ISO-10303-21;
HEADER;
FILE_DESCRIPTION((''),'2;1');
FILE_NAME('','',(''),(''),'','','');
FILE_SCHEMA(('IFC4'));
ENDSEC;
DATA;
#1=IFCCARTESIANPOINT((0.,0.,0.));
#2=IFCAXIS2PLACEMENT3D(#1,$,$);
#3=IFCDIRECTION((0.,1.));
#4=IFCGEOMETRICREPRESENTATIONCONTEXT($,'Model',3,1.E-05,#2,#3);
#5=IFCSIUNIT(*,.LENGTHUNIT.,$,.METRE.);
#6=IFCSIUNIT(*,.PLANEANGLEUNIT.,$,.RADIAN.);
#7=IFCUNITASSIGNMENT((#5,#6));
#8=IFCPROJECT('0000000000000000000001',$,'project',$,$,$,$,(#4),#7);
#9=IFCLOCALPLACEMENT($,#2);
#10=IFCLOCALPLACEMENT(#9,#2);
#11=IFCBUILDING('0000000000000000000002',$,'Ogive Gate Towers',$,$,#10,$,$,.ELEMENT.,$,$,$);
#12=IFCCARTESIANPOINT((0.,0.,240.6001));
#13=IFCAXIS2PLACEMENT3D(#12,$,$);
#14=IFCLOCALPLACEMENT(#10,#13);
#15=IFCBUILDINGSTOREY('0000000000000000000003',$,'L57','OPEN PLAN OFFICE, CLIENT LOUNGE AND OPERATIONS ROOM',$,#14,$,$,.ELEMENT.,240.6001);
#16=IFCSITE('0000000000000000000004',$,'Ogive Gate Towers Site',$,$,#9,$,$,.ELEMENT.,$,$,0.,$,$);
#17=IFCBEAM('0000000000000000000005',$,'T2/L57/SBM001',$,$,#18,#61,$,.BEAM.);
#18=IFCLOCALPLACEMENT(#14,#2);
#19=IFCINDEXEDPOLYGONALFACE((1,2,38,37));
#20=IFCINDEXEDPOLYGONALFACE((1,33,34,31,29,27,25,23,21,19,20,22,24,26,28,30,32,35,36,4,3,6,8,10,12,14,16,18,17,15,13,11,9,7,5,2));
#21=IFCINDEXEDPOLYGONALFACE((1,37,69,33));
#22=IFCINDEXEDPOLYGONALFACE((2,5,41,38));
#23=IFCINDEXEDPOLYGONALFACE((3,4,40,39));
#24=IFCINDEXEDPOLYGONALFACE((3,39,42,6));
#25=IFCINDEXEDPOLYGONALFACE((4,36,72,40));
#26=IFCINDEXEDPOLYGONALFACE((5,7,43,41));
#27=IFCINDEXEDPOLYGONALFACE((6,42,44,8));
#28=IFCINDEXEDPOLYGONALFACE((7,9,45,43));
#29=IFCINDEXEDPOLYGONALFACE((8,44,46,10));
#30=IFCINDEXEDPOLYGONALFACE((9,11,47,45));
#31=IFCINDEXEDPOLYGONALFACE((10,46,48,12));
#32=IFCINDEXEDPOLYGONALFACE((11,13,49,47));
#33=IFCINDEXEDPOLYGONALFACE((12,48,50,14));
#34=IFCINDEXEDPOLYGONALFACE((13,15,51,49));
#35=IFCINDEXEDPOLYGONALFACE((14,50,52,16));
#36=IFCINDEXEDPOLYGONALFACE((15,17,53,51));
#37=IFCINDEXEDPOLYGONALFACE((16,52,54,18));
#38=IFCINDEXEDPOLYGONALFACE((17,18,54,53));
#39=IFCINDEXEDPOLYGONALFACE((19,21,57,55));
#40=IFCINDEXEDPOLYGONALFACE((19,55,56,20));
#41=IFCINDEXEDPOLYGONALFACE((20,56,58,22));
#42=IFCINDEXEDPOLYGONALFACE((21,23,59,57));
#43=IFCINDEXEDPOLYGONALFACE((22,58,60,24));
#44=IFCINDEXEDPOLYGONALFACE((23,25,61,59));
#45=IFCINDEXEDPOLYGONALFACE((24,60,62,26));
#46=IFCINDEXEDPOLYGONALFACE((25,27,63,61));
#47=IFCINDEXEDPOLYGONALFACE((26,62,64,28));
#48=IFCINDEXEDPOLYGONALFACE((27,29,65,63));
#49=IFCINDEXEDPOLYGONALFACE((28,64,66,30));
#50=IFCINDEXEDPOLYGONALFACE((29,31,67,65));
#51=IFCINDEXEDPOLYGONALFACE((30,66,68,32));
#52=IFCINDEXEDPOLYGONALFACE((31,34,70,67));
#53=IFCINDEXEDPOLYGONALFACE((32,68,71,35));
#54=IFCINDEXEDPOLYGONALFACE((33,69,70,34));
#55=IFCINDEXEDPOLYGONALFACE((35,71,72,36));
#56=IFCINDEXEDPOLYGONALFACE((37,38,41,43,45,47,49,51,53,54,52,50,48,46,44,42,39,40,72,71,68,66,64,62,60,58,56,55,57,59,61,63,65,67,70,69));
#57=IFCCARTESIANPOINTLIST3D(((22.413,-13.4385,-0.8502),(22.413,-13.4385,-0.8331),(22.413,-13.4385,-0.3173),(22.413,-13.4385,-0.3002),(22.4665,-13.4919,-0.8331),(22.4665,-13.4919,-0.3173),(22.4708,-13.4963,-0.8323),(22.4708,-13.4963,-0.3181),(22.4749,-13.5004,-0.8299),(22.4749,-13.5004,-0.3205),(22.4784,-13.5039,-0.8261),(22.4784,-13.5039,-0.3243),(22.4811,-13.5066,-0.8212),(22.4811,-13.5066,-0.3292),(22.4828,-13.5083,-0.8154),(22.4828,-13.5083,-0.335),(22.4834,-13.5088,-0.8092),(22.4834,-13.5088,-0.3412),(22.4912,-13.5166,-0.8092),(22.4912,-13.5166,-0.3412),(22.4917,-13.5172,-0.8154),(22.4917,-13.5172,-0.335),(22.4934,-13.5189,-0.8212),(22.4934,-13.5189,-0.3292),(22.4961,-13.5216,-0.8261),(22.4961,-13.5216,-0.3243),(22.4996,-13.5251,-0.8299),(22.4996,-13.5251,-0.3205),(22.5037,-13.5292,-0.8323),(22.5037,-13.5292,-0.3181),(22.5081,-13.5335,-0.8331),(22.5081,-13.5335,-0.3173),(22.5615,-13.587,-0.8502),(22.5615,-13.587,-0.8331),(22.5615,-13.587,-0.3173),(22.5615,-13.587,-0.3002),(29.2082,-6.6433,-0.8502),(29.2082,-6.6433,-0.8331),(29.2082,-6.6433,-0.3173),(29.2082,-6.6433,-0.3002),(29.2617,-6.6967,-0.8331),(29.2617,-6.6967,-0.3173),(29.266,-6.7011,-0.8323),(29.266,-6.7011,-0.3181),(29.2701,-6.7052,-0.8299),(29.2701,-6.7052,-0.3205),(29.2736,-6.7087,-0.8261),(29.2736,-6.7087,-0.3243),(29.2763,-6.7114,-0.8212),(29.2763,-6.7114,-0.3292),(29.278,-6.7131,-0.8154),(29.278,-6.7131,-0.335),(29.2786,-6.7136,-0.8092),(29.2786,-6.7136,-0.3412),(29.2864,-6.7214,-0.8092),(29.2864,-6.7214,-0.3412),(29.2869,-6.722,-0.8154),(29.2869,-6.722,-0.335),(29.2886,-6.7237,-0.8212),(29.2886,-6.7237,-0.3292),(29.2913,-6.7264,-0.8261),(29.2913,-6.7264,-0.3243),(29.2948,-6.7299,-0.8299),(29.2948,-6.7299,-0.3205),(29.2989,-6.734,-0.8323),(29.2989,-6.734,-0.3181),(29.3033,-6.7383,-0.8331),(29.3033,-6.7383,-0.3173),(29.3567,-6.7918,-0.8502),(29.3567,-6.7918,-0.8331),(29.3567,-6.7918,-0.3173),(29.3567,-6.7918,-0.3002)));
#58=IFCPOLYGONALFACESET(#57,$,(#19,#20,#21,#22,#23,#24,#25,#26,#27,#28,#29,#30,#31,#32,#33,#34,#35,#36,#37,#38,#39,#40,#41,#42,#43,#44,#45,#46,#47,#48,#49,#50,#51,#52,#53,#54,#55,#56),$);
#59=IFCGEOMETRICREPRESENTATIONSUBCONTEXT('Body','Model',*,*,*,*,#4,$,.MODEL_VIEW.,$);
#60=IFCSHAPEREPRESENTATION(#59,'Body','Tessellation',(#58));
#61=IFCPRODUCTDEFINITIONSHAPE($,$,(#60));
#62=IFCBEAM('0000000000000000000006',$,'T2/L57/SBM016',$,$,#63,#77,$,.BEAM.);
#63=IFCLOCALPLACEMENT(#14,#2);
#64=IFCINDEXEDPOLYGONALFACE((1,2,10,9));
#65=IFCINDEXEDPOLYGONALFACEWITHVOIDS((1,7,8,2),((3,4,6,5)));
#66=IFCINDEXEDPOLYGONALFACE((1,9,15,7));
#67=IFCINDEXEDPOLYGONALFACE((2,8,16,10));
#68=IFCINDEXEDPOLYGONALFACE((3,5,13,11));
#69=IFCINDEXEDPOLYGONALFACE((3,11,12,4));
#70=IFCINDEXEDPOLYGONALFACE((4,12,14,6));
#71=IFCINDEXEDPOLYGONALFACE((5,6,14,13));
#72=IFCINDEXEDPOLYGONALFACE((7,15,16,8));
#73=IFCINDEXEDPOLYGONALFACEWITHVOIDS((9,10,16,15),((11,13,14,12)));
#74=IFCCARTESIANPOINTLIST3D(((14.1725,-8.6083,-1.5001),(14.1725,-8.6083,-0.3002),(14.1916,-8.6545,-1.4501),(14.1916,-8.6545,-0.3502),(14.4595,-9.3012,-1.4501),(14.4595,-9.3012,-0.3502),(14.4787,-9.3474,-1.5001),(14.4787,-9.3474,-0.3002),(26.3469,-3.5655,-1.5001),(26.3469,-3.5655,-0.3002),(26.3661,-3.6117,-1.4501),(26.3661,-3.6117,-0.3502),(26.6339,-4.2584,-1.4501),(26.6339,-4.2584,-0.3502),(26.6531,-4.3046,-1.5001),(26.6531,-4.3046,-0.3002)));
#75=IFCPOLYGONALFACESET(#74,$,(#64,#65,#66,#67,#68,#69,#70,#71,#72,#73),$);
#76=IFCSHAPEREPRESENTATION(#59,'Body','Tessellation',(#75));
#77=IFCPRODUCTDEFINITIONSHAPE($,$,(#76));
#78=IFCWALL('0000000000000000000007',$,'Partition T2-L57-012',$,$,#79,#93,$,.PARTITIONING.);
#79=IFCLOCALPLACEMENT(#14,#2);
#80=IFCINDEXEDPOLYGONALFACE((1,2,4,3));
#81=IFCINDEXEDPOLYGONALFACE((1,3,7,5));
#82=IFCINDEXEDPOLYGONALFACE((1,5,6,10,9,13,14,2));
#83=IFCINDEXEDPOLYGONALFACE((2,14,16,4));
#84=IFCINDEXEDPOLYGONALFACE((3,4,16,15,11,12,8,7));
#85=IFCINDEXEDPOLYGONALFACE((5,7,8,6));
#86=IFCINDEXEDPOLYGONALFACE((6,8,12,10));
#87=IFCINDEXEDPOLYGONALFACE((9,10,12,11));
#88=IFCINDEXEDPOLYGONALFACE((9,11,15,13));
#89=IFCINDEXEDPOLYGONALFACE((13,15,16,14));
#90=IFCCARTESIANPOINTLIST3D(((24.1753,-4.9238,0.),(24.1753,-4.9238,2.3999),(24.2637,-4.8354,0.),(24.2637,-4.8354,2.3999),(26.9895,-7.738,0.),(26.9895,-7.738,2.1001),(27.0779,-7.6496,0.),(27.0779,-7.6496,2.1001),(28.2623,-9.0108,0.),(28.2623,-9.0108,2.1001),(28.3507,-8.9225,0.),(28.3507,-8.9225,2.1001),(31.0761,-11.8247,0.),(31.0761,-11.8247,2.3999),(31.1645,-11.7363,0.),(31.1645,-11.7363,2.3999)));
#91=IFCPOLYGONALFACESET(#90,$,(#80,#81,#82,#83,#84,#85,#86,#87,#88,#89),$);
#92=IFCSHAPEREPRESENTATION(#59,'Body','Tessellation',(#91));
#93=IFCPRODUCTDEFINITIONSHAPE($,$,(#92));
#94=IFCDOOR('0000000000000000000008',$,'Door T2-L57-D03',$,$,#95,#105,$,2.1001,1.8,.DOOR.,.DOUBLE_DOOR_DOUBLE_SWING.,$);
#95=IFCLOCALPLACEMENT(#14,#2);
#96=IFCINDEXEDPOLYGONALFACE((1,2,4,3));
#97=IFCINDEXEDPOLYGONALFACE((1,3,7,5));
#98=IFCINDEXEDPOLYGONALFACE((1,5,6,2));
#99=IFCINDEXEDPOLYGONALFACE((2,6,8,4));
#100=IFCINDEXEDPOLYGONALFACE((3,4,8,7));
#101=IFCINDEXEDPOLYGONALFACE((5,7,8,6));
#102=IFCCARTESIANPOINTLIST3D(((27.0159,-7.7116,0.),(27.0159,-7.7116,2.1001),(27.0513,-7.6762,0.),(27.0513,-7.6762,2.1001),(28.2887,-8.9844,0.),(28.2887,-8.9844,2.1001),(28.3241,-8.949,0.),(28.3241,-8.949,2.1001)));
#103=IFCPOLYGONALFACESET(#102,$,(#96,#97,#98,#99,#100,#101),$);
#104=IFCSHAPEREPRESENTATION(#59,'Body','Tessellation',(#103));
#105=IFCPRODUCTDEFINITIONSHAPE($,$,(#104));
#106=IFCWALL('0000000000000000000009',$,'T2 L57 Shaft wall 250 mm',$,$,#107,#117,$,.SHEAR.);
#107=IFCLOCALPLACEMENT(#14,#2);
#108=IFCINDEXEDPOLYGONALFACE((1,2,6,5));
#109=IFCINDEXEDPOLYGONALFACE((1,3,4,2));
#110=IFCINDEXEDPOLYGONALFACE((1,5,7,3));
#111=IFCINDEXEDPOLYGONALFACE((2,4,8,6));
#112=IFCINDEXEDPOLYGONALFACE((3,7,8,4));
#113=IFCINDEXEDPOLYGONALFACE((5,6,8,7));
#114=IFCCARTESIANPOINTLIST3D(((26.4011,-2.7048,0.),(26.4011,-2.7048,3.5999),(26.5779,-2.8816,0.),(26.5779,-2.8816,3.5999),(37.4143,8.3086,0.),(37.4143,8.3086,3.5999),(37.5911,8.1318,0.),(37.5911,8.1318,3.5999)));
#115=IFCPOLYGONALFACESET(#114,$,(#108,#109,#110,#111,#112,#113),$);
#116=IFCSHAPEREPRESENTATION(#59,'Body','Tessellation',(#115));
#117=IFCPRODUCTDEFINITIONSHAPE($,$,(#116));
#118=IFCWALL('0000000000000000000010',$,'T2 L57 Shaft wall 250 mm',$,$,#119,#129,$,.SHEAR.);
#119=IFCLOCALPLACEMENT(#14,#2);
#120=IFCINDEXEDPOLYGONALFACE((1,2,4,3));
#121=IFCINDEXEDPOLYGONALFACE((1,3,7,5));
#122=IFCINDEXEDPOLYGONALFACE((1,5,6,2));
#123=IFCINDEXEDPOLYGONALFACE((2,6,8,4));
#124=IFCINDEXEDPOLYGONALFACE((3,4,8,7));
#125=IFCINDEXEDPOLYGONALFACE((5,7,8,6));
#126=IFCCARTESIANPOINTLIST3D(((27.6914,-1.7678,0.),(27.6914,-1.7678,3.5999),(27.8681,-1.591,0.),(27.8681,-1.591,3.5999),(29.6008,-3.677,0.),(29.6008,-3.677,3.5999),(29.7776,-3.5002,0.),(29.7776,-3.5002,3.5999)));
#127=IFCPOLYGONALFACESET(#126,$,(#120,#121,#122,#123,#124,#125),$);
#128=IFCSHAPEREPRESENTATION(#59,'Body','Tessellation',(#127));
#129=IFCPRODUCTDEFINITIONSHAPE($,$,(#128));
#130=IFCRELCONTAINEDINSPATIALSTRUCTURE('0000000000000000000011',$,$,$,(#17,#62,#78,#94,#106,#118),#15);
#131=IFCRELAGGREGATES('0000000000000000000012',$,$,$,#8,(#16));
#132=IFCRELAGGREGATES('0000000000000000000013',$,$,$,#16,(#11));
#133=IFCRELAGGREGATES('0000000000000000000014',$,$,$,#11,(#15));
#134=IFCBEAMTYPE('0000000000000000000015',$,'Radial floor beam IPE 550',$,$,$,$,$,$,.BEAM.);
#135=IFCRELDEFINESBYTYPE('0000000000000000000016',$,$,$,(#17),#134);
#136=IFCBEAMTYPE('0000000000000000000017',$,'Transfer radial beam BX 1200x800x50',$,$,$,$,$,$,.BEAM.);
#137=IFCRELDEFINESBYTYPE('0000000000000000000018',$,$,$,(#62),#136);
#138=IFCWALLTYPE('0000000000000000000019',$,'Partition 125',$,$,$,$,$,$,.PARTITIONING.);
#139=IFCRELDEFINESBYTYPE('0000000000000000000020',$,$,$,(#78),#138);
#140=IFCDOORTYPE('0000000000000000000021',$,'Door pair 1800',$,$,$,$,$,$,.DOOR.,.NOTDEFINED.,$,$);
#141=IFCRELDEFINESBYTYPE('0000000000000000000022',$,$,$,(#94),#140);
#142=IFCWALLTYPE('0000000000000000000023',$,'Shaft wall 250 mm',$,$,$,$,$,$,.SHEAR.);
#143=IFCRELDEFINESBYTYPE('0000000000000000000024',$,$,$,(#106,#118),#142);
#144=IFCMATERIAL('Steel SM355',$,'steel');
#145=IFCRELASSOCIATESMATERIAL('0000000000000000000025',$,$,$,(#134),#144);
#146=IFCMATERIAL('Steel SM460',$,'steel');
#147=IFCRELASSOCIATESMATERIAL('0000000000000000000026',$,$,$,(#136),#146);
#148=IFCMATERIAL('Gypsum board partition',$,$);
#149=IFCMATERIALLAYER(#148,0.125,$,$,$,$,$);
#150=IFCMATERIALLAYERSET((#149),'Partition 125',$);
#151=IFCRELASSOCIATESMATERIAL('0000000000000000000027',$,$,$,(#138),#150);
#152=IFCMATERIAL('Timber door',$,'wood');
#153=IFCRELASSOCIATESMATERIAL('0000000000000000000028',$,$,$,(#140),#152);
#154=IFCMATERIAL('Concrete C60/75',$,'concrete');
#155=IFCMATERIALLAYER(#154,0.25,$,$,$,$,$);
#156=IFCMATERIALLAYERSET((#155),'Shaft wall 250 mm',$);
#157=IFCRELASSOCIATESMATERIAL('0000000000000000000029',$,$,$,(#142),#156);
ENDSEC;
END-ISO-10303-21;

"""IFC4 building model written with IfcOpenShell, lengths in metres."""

from ifc_helpers import new_model, si_unit, direction, frame, frame_2d, origin, origin_2d, place, context, subcontext, project, spatial, rectangle, hollow_rectangle, i_section, extrude, material, layer, layer_set, material_profile, profile_set, type_object, element, fill, save


model = new_model("IFC4")

# Units and contexts
model_context = context("Model", 3, precision=1e-05, world=origin(), true_north=direction((0.0, 1.0)))
body_context = subcontext(model_context, "Body", "Model", "MODEL_VIEW")
ifc_project = project(units=[si_unit("LENGTHUNIT", "METRE"), si_unit("PLANEANGLEUNIT", "RADIAN")], contexts=[model_context])

# Site, building, storey
site_placement = place(None, origin())
site = spatial("IfcSite", under=ifc_project, at=site_placement, Name="Ogive Gate Towers Site", CompositionType="ELEMENT", RefElevation=0.0)
building_placement = place(site_placement, origin())
building = spatial("IfcBuilding", under=site, at=building_placement, Name="Ogive Gate Towers", CompositionType="ELEMENT")
storey_placement = place(building_placement, frame((0.0, 0.0, 240.6001)))
storey = spatial("IfcBuildingStorey", under=building, at=storey_placement, Name="L57", Description="OPEN PLAN OFFICE, CLIENT LOUNGE AND OPERATIONS ROOM", CompositionType="ELEMENT", Elevation=240.6001)

# Beams
ifc_material_1 = material(Name="Steel SM355", Category="steel")
ifc_material_profile_1 = material_profile(ifc_material_1, i_section(OverallWidth=0.21, OverallDepth=0.55, WebThickness=0.011, FlangeThickness=0.0171, FilletRadius=0.0239, at=origin_2d()), Name="IPE 550")
ifc_profile_set_1 = profile_set([ifc_material_profile_1], Name="Steel SM355")
beam_type_1 = type_object("IfcBeamType", Name="Radial floor beam IPE 550", PredefinedType="BEAM", material=ifc_profile_set_1)
beam_1_placement = place(storey_placement, frame((29.2825, -6.7175, -0.5752), z_axis=(-0.707107, -0.707107, 0.0), x_axis=(0.707107, -0.707107, 0.0)))
element("IfcBeam", 1, at=beam_1_placement, inside=storey, type_object=beam_type_1, Name="T2/L57/SBM001", PredefinedType="BEAM", context=body_context, shape_type="SweptSolid", body=[
    extrude(i_section(OverallWidth=0.21, OverallDepth=0.55, WebThickness=0.011, FlangeThickness=0.0171, FilletRadius=0.0239, at=origin_2d()), origin(), (0.0, 0.0, 1.0), 9.6099),
])
ifc_material_2 = material(Name="Steel SM460", Category="steel")
ifc_material_profile_2 = material_profile(ifc_material_2, hollow_rectangle(XDim=0.8, YDim=1.2, WallThickness=0.05, at=origin_2d()), Name="BX 1200x800x50")
ifc_profile_set_2 = profile_set([ifc_material_profile_2], Name="Steel SM460")
beam_type_2 = type_object("IfcBeamType", Name="Transfer radial beam BX 1200x800x50", PredefinedType="BEAM", material=ifc_profile_set_2)
beam_2_placement = place(storey_placement, frame((26.5, -3.9351, -0.9001), z_axis=(-0.923881, -0.382681, 0.0), x_axis=(0.382681, -0.923881, 0.0)))
element("IfcBeam", 2, at=beam_2_placement, inside=storey, type_object=beam_type_2, Name="T2/L57/SBM016", PredefinedType="BEAM", context=body_context, shape_type="SweptSolid", body=[
    extrude(hollow_rectangle(XDim=0.8, YDim=1.2, WallThickness=0.05, at=origin_2d()), origin(), (0.0, 0.0, 1.0), 13.1775),
])

# Wall, opening, door
ifc_material_3 = material(Name="Gypsum board partition")
ifc_layer_1 = layer(ifc_material_3, 0.125)
ifc_layer_set_1 = layer_set([ifc_layer_1], Name="Partition 125")
wall_type_1 = type_object("IfcWallType", Name="Partition 125", PredefinedType="PARTITIONING", material=ifc_layer_set_1)
wall_1_placement = place(storey_placement, frame((24.2195, -4.8796, 0.0), z_axis=(0.0, 0.0, 1.0), x_axis=(0.707107, -0.707107, 0.0)))
wall_1 = element("IfcWall", 3, at=wall_1_placement, inside=storey, type_object=wall_type_1, Name="Partition T2-L57-012", PredefinedType="PARTITIONING", context=body_context, shape_type="SweptSolid", body=[
    extrude(rectangle(XDim=9.7593, YDim=0.125, at=frame_2d((4.8796, 0.0))), origin(), (0.0, 0.0, 1.0), 2.3999),
])
opening_1_placement = place(wall_1_placement, frame((3.98, 0.0, 0.0)))
opening_1 = element("IfcOpeningElement", 4, at=opening_1_placement, cuts=wall_1, PredefinedType="OPENING", context=body_context, shape_type="SweptSolid", body=[
    extrude(rectangle(XDim=1.8, YDim=2.1001, at=frame_2d((0.8999, 1.05))), frame((0.0, 0.0725, 0.0), z_axis=(0.0, -1.0, 0.0), x_axis=(1.0, 0.0, 0.0)), (0.0, 0.0, 1.0), 0.145),
])
ifc_material_4 = material(Name="Timber door", Category="wood")
door_type_1 = type_object("IfcDoorType", Name="Door pair 1800", OperationType="NOTDEFINED", PredefinedType="DOOR", material=ifc_material_4)
door_1_placement = place(opening_1_placement, origin())
door_1 = element("IfcDoor", 5, at=door_1_placement, inside=storey, type_object=door_type_1, Name="Door T2-L57-D03", OperationType="DOUBLE_DOOR_DOUBLE_SWING", OverallHeight=2.1001, OverallWidth=1.8, PredefinedType="DOOR", context=body_context, shape_type="SweptSolid", body=[
    extrude(rectangle(XDim=1.8, YDim=2.1001, at=frame_2d((0.8999, 1.05))), frame((0.0, 0.0249, 0.0), z_axis=(0.0, -1.0, 0.0), x_axis=(1.0, 0.0, 0.0)), (0.0, 0.0, 1.0), 0.05),
])
fill(opening_1, door_1)

# Walls
ifc_material_5 = material(Name="Concrete C60/75", Category="concrete")
ifc_layer_2 = layer(ifc_material_5, 0.25)
ifc_layer_set_2 = layer_set([ifc_layer_2], Name="Shaft wall 250 mm")
wall_type_2 = type_object("IfcWallType", Name="Shaft wall 250 mm", PredefinedType="SHEAR", material=ifc_layer_set_2)
wall_2_placement = place(storey_placement, frame((26.4895, -2.7932, 0.0), z_axis=(0.0, 0.0, 1.0), x_axis=(0.707099, 0.707115, 0.0)))
element("IfcWall", 6, at=wall_2_placement, inside=storey, type_object=wall_type_2, Name="T2 L57 Shaft wall 250 mm", PredefinedType="SHEAR", context=body_context, shape_type="SweptSolid", body=[
    extrude(rectangle(XDim=15.5752, YDim=0.25, at=frame_2d((7.7876, 0.0))), origin(), (0.0, 0.0, 1.0), 3.5999),
])
wall_3_placement = place(storey_placement, frame((29.6892, -3.5886, 0.0), z_axis=(0.0, 0.0, 1.0), x_axis=(-0.707152, 0.707062, 0.0)))
element("IfcWall", 7, at=wall_3_placement, inside=storey, type_object=wall_type_2, Name="T2 L57 Shaft wall 250 mm", PredefinedType="SHEAR", context=body_context, shape_type="SweptSolid", body=[
    extrude(rectangle(XDim=2.7002, YDim=0.25, at=frame_2d((1.3501, 0.0))), origin(), (0.0, 0.0, 1.0), 3.5999),
])

save(model, "model.ifc")
